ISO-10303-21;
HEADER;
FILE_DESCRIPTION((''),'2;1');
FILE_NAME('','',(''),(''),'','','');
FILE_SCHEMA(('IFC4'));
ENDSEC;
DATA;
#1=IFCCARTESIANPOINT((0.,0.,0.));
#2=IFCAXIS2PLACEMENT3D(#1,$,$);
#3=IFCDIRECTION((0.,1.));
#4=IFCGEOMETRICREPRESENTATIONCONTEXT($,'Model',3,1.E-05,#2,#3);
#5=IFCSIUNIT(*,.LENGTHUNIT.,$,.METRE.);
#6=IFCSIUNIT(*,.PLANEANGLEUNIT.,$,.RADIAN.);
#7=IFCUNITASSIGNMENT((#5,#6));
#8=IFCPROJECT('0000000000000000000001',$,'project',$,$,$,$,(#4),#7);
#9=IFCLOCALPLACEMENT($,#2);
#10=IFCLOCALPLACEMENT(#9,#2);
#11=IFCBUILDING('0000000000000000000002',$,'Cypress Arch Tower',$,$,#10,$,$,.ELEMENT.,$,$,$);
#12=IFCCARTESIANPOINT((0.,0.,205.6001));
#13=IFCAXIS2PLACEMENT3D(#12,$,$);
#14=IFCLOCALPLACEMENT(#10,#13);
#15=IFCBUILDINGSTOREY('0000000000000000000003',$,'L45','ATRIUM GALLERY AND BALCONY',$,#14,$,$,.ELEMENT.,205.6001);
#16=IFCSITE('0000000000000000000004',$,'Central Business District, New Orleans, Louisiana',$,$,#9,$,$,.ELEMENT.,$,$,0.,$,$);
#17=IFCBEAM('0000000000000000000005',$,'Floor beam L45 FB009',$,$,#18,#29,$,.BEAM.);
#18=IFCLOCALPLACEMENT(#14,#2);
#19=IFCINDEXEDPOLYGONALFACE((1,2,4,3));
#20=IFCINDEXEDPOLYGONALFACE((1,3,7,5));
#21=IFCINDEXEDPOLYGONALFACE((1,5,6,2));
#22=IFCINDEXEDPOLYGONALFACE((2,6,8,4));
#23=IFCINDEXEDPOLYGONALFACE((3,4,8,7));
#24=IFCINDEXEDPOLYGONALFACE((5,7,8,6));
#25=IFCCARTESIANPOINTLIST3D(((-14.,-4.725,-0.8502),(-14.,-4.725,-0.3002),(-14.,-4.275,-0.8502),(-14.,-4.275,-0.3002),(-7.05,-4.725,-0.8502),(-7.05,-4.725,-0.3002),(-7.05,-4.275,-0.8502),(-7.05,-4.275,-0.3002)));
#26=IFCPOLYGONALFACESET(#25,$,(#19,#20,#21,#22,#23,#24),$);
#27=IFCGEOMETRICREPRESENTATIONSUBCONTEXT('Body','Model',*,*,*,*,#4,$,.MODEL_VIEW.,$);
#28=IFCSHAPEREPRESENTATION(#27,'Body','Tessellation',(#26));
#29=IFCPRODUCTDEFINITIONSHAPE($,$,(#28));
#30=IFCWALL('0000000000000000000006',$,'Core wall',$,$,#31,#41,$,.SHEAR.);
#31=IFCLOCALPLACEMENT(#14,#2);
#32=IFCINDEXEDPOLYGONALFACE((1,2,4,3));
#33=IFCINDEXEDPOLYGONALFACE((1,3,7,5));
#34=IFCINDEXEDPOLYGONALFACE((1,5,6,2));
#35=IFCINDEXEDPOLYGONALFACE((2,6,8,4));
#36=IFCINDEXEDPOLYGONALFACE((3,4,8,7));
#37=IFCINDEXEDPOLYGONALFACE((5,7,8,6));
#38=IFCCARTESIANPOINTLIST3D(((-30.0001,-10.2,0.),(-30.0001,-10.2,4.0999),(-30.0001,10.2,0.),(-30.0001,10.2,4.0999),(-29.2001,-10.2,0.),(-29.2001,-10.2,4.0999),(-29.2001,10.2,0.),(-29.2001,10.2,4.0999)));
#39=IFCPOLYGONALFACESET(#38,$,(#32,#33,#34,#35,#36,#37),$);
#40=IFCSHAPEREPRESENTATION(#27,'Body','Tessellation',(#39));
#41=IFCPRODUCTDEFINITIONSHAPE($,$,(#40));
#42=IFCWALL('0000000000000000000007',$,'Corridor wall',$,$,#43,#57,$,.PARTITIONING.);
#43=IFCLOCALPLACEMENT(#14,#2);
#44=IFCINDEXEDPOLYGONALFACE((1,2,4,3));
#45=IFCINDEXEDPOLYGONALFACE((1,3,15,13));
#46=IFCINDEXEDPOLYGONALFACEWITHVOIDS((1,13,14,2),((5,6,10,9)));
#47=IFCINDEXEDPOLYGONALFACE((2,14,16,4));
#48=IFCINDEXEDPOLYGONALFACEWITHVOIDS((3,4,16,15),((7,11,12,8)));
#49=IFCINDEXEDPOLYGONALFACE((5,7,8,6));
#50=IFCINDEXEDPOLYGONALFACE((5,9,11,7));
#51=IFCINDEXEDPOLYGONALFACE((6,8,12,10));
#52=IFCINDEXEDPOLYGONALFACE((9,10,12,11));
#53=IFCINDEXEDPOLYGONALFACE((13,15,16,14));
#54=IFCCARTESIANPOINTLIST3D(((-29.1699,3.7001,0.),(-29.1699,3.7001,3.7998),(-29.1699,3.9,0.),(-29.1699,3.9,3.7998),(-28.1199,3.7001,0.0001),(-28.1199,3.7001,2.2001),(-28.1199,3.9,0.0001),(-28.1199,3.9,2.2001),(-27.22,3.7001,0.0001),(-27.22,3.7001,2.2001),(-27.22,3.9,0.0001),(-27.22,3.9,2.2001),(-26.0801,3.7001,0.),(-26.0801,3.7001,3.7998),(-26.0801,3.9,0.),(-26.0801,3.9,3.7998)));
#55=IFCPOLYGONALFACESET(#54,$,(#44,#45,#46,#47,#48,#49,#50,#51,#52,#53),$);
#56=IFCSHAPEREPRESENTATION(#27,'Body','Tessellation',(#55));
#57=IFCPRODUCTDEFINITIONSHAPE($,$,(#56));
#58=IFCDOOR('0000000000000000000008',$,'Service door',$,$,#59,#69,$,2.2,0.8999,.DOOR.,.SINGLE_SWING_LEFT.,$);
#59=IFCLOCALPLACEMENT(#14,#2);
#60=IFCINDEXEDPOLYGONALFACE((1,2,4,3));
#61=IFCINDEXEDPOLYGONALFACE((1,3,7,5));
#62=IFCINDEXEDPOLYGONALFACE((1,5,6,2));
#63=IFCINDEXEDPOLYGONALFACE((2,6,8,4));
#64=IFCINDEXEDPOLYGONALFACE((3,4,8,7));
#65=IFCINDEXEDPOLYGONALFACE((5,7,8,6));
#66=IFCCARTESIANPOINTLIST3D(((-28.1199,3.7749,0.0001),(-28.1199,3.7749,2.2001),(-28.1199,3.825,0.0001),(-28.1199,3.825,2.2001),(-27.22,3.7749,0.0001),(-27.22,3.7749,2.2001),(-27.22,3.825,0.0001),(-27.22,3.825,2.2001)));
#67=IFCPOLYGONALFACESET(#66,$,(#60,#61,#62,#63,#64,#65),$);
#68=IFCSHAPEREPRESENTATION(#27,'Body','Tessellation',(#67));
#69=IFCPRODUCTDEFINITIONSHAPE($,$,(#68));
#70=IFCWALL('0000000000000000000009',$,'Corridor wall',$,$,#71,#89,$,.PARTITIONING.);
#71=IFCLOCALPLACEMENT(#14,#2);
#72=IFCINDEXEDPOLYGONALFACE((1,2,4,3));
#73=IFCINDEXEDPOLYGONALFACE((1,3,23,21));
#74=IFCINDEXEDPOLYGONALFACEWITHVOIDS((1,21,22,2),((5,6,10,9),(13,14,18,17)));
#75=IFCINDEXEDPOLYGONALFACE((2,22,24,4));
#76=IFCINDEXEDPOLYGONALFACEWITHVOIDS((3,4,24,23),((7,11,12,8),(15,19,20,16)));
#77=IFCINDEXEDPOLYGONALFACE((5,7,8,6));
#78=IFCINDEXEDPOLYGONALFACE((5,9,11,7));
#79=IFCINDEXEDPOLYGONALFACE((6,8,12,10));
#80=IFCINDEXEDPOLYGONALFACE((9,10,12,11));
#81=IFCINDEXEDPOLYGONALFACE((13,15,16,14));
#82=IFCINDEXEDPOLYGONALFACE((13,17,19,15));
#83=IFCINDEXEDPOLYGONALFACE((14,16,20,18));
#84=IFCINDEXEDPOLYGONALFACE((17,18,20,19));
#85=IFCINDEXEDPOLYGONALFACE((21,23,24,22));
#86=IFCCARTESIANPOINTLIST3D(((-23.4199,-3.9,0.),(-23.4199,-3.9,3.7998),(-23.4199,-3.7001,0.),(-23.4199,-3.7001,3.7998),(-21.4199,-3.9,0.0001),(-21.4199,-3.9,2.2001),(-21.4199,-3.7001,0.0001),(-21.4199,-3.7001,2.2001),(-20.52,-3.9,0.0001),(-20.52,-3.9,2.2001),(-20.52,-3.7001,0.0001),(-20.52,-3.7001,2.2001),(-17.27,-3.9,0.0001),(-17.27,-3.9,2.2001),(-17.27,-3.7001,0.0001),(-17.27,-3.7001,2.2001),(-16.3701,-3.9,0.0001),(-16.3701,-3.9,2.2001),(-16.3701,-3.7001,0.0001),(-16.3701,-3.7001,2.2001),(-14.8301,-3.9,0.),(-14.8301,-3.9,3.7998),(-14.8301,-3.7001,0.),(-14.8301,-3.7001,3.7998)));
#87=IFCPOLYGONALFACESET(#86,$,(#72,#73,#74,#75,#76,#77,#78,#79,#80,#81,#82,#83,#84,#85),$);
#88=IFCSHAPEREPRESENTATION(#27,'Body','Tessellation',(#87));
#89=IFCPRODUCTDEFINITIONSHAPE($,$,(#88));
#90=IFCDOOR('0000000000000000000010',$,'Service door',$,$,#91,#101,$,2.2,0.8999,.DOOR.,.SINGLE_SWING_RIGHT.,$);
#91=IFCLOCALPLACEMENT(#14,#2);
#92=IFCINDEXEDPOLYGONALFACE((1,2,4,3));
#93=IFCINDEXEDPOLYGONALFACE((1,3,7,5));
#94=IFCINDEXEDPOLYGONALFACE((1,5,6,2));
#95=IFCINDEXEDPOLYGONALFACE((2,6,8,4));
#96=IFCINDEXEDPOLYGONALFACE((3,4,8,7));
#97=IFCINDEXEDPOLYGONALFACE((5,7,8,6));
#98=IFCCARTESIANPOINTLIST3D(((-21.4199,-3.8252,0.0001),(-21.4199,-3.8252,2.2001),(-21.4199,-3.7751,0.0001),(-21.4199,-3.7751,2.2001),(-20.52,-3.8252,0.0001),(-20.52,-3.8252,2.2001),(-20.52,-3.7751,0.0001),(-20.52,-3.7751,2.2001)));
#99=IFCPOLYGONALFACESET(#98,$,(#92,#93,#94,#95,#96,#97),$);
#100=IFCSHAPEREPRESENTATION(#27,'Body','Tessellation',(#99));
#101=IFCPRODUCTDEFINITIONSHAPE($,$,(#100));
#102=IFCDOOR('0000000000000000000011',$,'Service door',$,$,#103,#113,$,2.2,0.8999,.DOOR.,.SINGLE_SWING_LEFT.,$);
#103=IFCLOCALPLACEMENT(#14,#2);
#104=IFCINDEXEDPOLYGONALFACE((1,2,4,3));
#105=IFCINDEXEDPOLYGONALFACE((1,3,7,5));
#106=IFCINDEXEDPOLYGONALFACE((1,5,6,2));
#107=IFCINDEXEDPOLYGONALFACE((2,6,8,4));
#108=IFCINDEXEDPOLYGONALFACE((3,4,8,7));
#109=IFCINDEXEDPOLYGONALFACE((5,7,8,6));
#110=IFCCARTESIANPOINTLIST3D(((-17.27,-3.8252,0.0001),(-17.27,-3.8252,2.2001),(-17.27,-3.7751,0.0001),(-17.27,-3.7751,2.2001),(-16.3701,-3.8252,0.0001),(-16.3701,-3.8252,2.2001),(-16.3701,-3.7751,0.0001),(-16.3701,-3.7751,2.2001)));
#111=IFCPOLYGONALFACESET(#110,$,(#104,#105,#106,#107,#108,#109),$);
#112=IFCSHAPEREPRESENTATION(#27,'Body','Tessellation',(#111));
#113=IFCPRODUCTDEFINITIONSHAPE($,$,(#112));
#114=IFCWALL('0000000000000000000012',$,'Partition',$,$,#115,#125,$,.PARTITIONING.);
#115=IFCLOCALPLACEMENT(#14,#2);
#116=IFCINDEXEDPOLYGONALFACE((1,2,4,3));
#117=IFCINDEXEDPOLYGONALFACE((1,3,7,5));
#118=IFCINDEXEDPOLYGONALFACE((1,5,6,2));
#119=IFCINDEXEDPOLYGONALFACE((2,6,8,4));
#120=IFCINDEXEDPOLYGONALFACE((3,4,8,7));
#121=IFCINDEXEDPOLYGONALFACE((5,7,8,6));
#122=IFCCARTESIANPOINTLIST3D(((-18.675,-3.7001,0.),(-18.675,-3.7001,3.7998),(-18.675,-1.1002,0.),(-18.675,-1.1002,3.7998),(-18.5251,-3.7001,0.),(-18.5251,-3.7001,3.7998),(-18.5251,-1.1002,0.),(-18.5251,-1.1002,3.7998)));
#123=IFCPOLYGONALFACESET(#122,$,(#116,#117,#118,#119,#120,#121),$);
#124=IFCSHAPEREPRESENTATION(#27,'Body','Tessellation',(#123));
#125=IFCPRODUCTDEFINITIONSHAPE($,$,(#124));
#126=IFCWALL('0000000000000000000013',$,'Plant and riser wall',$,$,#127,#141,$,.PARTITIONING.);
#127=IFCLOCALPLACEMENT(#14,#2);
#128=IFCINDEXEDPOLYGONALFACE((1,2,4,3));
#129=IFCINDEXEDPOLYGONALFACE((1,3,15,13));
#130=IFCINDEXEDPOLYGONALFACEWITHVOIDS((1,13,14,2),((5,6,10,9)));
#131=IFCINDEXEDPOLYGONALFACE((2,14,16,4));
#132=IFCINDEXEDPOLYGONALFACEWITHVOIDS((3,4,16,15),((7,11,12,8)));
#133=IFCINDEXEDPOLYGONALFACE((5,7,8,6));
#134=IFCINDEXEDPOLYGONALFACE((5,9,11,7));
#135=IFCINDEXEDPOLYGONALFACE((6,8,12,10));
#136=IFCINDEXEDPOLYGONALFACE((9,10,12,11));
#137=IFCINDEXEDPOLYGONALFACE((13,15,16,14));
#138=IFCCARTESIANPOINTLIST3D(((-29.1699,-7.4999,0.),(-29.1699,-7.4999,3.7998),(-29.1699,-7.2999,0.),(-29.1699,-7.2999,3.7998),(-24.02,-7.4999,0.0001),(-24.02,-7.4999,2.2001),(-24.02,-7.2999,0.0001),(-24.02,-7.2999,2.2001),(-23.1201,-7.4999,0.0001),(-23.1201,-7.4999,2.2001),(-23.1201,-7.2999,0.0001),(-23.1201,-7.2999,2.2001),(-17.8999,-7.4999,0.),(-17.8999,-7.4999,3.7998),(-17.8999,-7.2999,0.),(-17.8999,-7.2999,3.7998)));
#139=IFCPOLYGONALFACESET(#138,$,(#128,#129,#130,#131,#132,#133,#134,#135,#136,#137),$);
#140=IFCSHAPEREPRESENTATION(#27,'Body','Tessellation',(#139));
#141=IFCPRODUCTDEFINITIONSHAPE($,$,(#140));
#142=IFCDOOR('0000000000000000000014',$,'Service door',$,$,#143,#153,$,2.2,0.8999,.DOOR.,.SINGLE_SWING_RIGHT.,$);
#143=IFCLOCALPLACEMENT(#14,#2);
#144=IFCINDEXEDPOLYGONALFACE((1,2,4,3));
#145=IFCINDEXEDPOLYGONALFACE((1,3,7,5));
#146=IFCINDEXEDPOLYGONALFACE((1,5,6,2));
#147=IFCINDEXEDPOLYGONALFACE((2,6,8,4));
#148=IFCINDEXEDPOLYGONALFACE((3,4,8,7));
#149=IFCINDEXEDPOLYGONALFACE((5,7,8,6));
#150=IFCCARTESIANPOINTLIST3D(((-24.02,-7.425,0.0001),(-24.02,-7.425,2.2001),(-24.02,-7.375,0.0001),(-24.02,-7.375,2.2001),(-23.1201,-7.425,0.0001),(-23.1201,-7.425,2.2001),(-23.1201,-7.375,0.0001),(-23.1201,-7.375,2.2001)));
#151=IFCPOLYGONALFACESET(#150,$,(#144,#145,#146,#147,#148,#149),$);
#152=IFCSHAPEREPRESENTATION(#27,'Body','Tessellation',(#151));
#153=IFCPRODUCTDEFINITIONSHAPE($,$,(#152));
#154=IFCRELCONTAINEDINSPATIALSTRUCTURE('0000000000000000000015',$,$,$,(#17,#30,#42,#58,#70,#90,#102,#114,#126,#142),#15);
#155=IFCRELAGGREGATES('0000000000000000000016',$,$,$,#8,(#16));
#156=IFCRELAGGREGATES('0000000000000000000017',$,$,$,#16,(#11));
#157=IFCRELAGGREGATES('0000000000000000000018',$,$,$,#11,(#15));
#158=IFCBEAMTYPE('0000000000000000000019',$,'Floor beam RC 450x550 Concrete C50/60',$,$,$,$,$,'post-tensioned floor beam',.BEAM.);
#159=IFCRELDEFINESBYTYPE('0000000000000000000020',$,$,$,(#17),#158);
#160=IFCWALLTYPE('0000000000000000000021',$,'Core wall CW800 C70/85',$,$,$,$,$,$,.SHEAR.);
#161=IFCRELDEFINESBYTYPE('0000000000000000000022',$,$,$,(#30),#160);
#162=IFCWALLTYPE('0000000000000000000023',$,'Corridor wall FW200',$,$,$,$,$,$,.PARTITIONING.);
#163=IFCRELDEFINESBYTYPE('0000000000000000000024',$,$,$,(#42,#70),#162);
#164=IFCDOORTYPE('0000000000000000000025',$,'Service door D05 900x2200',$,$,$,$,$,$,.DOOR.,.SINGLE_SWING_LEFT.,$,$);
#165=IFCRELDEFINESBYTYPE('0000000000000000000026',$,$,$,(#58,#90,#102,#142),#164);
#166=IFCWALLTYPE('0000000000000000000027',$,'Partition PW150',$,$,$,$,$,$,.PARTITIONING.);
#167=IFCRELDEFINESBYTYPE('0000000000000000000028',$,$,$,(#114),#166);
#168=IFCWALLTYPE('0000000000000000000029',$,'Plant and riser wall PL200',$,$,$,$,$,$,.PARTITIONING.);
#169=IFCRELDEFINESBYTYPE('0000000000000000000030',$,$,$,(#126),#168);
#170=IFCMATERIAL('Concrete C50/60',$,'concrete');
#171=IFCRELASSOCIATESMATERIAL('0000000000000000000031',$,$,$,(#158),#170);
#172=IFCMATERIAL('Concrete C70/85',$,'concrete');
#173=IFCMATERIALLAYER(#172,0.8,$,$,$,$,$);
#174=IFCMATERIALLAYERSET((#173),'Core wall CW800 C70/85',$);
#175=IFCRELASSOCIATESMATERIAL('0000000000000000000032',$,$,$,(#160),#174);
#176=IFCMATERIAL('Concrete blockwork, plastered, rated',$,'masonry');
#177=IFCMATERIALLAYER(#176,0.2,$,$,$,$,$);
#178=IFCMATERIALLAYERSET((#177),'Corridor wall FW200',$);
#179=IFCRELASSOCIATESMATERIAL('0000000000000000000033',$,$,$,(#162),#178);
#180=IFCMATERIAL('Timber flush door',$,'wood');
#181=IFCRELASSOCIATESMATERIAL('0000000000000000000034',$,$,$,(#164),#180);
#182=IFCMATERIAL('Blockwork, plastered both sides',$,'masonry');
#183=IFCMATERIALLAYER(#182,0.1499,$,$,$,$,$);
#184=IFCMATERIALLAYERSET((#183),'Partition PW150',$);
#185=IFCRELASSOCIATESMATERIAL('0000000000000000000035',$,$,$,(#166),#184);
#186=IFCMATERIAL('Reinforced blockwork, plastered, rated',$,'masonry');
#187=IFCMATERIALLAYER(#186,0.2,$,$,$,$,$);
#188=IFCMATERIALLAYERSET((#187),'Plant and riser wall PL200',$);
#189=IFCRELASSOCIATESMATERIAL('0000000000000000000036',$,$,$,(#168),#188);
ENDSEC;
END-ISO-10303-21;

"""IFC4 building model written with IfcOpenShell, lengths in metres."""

from ifc_helpers import new_model, si_unit, direction, frame, frame_2d, origin, origin_2d, place, context, subcontext, project, spatial, rectangle, extrude, material, layer, layer_set, material_profile, profile_set, type_object, element, fill, save


model = new_model("IFC4")

# Units and contexts
model_context = context("Model", 3, precision=1e-05, world=origin(), true_north=direction((0.0, 1.0)))
body_context = subcontext(model_context, "Body", "Model", "MODEL_VIEW")
ifc_project = project(units=[si_unit("LENGTHUNIT", "METRE"), si_unit("PLANEANGLEUNIT", "RADIAN")], contexts=[model_context])

# Site, building, storey
site_placement = place(None, origin())
site = spatial("IfcSite", under=ifc_project, at=site_placement, Name="Central Business District, New Orleans, Louisiana", CompositionType="ELEMENT", RefElevation=0.0)
building_placement = place(site_placement, origin())
building = spatial("IfcBuilding", under=site, at=building_placement, Name="Cypress Arch Tower", CompositionType="ELEMENT")
storey_placement = place(building_placement, frame((0.0, 0.0, 205.6001)))
storey = spatial("IfcBuildingStorey", under=building, at=storey_placement, Name="L45", Description="ATRIUM GALLERY AND BALCONY", CompositionType="ELEMENT", Elevation=205.6001)

# Beam
ifc_material_1 = material(Name="Concrete C50/60", Category="concrete")
ifc_material_profile = material_profile(ifc_material_1, rectangle(XDim=0.45, YDim=0.55, at=origin_2d()), Name="RC 450x550")
ifc_profile_set = profile_set([ifc_material_profile], Name="Concrete C50/60")
beam_type = type_object("IfcBeamType", Name="Floor beam RC 450x550 Concrete C50/60", ElementType="post-tensioned floor beam", PredefinedType="BEAM", material=ifc_profile_set)
beam_placement = place(storey_placement, frame((-14.0, -4.5, -0.5752), z_axis=(1.0, 0.0, 0.0), x_axis=(0.0, 1.0, 0.0)))
element("IfcBeam", 1, at=beam_placement, inside=storey, type_object=beam_type, Name="Floor beam L45 FB009", PredefinedType="BEAM", context=body_context, shape_type="SweptSolid", body=[
    extrude(rectangle(XDim=0.45, YDim=0.55, at=origin_2d()), origin(), (0.0, 0.0, 1.0), 6.95),
])

# Wall
ifc_material_2 = material(Name="Concrete C70/85", Category="concrete")
ifc_layer_1 = layer(ifc_material_2, 0.8)
ifc_layer_set_1 = layer_set([ifc_layer_1], Name="Core wall CW800 C70/85")
wall_type_1 = type_object("IfcWallType", Name="Core wall CW800 C70/85", PredefinedType="SHEAR", material=ifc_layer_set_1)
wall_1_placement = place(storey_placement, frame((-29.6001, -10.2, 0.0), z_axis=(0.0, 0.0, 1.0), x_axis=(0.0, 1.0, 0.0)))
element("IfcWall", 2, at=wall_1_placement, inside=storey, type_object=wall_type_1, Name="Core wall", PredefinedType="SHEAR", context=body_context, shape_type="SweptSolid", body=[
    extrude(rectangle(XDim=20.3999, YDim=0.8, at=frame_2d((10.2, 0.0))), origin(), (0.0, 0.0, 1.0), 4.0999),
])

# Wall, opening, door
ifc_material_3 = material(Name="Concrete blockwork, plastered, rated", Category="masonry")
ifc_layer_2 = layer(ifc_material_3, 0.2)
ifc_layer_set_2 = layer_set([ifc_layer_2], Name="Corridor wall FW200")
wall_type_2 = type_object("IfcWallType", Name="Corridor wall FW200", PredefinedType="PARTITIONING", material=ifc_layer_set_2)
wall_2_placement = place(storey_placement, frame((-29.1699, 3.8, 0.0), z_axis=(0.0, 0.0, 1.0), x_axis=(1.0, 0.0, 0.0)))
wall_2 = element("IfcWall", 3, at=wall_2_placement, inside=storey, type_object=wall_type_2, Name="Corridor wall", PredefinedType="PARTITIONING", context=body_context, shape_type="SweptSolid", body=[
    extrude(rectangle(XDim=3.0898, YDim=0.2, at=frame_2d((1.5449, 0.0))), origin(), (0.0, 0.0, 1.0), 3.7998),
])
opening_1_placement = place(wall_2_placement, frame((1.05, 0.0, 0.0)))
opening_1 = element("IfcOpeningElement", 4, at=opening_1_placement, cuts=wall_2, PredefinedType="OPENING", context=body_context, shape_type="SweptSolid", body=[
    extrude(rectangle(XDim=0.8999, YDim=2.2, at=frame_2d((0.45, 1.1001))), frame((0.0, 0.1099, 0.0), z_axis=(0.0, -1.0, 0.0), x_axis=(1.0, 0.0, 0.0)), (0.0, 0.0, 1.0), 0.22),
])
ifc_material_4 = material(Name="Timber flush door", Category="wood")
door_type_1 = type_object("IfcDoorType", Name="Service door D05 900x2200", OperationType="SINGLE_SWING_LEFT", PredefinedType="DOOR", material=ifc_material_4)
door_1_placement = place(opening_1_placement, origin())
door_1 = element("IfcDoor", 5, at=door_1_placement, inside=storey, type_object=door_type_1, Name="Service door", OperationType="SINGLE_SWING_LEFT", OverallHeight=2.2, OverallWidth=0.8999, PredefinedType="DOOR", context=body_context, shape_type="SweptSolid", body=[
    extrude(rectangle(XDim=0.8999, YDim=2.2, at=frame_2d((0.45, 1.1001))), frame((0.0, 0.0249, 0.0), z_axis=(0.0, -1.0, 0.0), x_axis=(1.0, 0.0, 0.0)), (0.0, 0.0, 1.0), 0.05),
])
fill(opening_1, door_1)

# Wall, openings, doors
wall_3_placement = place(storey_placement, frame((-23.4199, -3.8, 0.0), z_axis=(0.0, 0.0, 1.0), x_axis=(1.0, 0.0, 0.0)))
wall_3 = element("IfcWall", 6, at=wall_3_placement, inside=storey, type_object=wall_type_2, Name="Corridor wall", PredefinedType="PARTITIONING", context=body_context, shape_type="SweptSolid", body=[
    extrude(rectangle(XDim=8.5898, YDim=0.2, at=frame_2d((4.2949, 0.0))), origin(), (0.0, 0.0, 1.0), 3.7998),
])
opening_2_placement = place(wall_3_placement, frame((2.0, 0.0, 0.0)))
opening_2 = element("IfcOpeningElement", 7, at=opening_2_placement, cuts=wall_3, PredefinedType="OPENING", context=body_context, shape_type="SweptSolid", body=[
    extrude(rectangle(XDim=0.8999, YDim=2.2, at=frame_2d((0.45, 1.1001))), frame((0.0, 0.1099, 0.0), z_axis=(0.0, -1.0, 0.0), x_axis=(1.0, 0.0, 0.0)), (0.0, 0.0, 1.0), 0.22),
])
opening_3_placement = place(wall_3_placement, frame((6.1499, 0.0, 0.0)))
opening_3 = element("IfcOpeningElement", 8, at=opening_3_placement, cuts=wall_3, PredefinedType="OPENING", context=body_context, shape_type="SweptSolid", body=[
    extrude(rectangle(XDim=0.8999, YDim=2.2, at=frame_2d((0.45, 1.1001))), frame((0.0, 0.1099, 0.0), z_axis=(0.0, -1.0, 0.0), x_axis=(1.0, 0.0, 0.0)), (0.0, 0.0, 1.0), 0.22),
])
door_2_placement = place(opening_2_placement, origin())
door_2 = element("IfcDoor", 9, at=door_2_placement, inside=storey, type_object=door_type_1, Name="Service door", OperationType="SINGLE_SWING_RIGHT", OverallHeight=2.2, OverallWidth=0.8999, PredefinedType="DOOR", context=body_context, shape_type="SweptSolid", body=[
    extrude(rectangle(XDim=0.8999, YDim=2.2, at=frame_2d((0.45, 1.1001))), frame((0.0, 0.0249, 0.0), z_axis=(0.0, -1.0, 0.0), x_axis=(1.0, 0.0, 0.0)), (0.0, 0.0, 1.0), 0.05),
])
fill(opening_2, door_2)
door_3_placement = place(opening_3_placement, origin())
door_3 = element("IfcDoor", 10, at=door_3_placement, inside=storey, type_object=door_type_1, Name="Service door", OperationType="SINGLE_SWING_LEFT", OverallHeight=2.2, OverallWidth=0.8999, PredefinedType="DOOR", context=body_context, shape_type="SweptSolid", body=[
    extrude(rectangle(XDim=0.8999, YDim=2.2, at=frame_2d((0.45, 1.1001))), frame((0.0, 0.0249, 0.0), z_axis=(0.0, -1.0, 0.0), x_axis=(1.0, 0.0, 0.0)), (0.0, 0.0, 1.0), 0.05),
])
fill(opening_3, door_3)

# Wall
ifc_material_5 = material(Name="Blockwork, plastered both sides", Category="masonry")
ifc_layer_3 = layer(ifc_material_5, 0.1499)
ifc_layer_set_3 = layer_set([ifc_layer_3], Name="Partition PW150")
wall_type_3 = type_object("IfcWallType", Name="Partition PW150", PredefinedType="PARTITIONING", material=ifc_layer_set_3)
wall_4_placement = place(storey_placement, frame((-18.6001, -3.7, 0.0), z_axis=(0.0, 0.0, 1.0), x_axis=(0.0, 1.0, 0.0)))
element("IfcWall", 11, at=wall_4_placement, inside=storey, type_object=wall_type_3, Name="Partition", PredefinedType="PARTITIONING", context=body_context, shape_type="SweptSolid", body=[
    extrude(rectangle(XDim=2.5999, YDim=0.1499, at=frame_2d((1.2998, 0.0))), origin(), (0.0, 0.0, 1.0), 3.7998),
])

# Wall, opening, door
ifc_material_6 = material(Name="Reinforced blockwork, plastered, rated", Category="masonry")
ifc_layer_4 = layer(ifc_material_6, 0.2)
ifc_layer_set_4 = layer_set([ifc_layer_4], Name="Plant and riser wall PL200")
wall_type_4 = type_object("IfcWallType", Name="Plant and riser wall PL200", PredefinedType="PARTITIONING", material=ifc_layer_set_4)
wall_5_placement = place(storey_placement, frame((-29.1699, -7.3999, 0.0), z_axis=(0.0, 0.0, 1.0), x_axis=(1.0, 0.0, 0.0)))
wall_5 = element("IfcWall", 12, at=wall_5_placement, inside=storey, type_object=wall_type_4, Name="Plant and riser wall", PredefinedType="PARTITIONING", context=body_context, shape_type="SweptSolid", body=[
    extrude(rectangle(XDim=11.27, YDim=0.2, at=frame_2d((5.635, 0.0))), origin(), (0.0, 0.0, 1.0), 3.7998),
])
opening_4_placement = place(wall_5_placement, frame((5.1499, 0.0, 0.0)))
opening_4 = element("IfcOpeningElement", 13, at=opening_4_placement, cuts=wall_5, PredefinedType="OPENING", context=body_context, shape_type="SweptSolid", body=[
    extrude(rectangle(XDim=0.8999, YDim=2.2, at=frame_2d((0.45, 1.1001))), frame((0.0, 0.1099, 0.0), z_axis=(0.0, -1.0, 0.0), x_axis=(1.0, 0.0, 0.0)), (0.0, 0.0, 1.0), 0.22),
])
door_4_placement = place(opening_4_placement, origin())
door_4 = element("IfcDoor", 14, at=door_4_placement, inside=storey, type_object=door_type_1, Name="Service door", OperationType="SINGLE_SWING_RIGHT", OverallHeight=2.2, OverallWidth=0.8999, PredefinedType="DOOR", context=body_context, shape_type="SweptSolid", body=[
    extrude(rectangle(XDim=0.8999, YDim=2.2, at=frame_2d((0.45, 1.1001))), frame((0.0, 0.0249, 0.0), z_axis=(0.0, -1.0, 0.0), x_axis=(1.0, 0.0, 0.0)), (0.0, 0.0, 1.0), 0.05),
])
fill(opening_4, door_4)

save(model, "model.ifc")
